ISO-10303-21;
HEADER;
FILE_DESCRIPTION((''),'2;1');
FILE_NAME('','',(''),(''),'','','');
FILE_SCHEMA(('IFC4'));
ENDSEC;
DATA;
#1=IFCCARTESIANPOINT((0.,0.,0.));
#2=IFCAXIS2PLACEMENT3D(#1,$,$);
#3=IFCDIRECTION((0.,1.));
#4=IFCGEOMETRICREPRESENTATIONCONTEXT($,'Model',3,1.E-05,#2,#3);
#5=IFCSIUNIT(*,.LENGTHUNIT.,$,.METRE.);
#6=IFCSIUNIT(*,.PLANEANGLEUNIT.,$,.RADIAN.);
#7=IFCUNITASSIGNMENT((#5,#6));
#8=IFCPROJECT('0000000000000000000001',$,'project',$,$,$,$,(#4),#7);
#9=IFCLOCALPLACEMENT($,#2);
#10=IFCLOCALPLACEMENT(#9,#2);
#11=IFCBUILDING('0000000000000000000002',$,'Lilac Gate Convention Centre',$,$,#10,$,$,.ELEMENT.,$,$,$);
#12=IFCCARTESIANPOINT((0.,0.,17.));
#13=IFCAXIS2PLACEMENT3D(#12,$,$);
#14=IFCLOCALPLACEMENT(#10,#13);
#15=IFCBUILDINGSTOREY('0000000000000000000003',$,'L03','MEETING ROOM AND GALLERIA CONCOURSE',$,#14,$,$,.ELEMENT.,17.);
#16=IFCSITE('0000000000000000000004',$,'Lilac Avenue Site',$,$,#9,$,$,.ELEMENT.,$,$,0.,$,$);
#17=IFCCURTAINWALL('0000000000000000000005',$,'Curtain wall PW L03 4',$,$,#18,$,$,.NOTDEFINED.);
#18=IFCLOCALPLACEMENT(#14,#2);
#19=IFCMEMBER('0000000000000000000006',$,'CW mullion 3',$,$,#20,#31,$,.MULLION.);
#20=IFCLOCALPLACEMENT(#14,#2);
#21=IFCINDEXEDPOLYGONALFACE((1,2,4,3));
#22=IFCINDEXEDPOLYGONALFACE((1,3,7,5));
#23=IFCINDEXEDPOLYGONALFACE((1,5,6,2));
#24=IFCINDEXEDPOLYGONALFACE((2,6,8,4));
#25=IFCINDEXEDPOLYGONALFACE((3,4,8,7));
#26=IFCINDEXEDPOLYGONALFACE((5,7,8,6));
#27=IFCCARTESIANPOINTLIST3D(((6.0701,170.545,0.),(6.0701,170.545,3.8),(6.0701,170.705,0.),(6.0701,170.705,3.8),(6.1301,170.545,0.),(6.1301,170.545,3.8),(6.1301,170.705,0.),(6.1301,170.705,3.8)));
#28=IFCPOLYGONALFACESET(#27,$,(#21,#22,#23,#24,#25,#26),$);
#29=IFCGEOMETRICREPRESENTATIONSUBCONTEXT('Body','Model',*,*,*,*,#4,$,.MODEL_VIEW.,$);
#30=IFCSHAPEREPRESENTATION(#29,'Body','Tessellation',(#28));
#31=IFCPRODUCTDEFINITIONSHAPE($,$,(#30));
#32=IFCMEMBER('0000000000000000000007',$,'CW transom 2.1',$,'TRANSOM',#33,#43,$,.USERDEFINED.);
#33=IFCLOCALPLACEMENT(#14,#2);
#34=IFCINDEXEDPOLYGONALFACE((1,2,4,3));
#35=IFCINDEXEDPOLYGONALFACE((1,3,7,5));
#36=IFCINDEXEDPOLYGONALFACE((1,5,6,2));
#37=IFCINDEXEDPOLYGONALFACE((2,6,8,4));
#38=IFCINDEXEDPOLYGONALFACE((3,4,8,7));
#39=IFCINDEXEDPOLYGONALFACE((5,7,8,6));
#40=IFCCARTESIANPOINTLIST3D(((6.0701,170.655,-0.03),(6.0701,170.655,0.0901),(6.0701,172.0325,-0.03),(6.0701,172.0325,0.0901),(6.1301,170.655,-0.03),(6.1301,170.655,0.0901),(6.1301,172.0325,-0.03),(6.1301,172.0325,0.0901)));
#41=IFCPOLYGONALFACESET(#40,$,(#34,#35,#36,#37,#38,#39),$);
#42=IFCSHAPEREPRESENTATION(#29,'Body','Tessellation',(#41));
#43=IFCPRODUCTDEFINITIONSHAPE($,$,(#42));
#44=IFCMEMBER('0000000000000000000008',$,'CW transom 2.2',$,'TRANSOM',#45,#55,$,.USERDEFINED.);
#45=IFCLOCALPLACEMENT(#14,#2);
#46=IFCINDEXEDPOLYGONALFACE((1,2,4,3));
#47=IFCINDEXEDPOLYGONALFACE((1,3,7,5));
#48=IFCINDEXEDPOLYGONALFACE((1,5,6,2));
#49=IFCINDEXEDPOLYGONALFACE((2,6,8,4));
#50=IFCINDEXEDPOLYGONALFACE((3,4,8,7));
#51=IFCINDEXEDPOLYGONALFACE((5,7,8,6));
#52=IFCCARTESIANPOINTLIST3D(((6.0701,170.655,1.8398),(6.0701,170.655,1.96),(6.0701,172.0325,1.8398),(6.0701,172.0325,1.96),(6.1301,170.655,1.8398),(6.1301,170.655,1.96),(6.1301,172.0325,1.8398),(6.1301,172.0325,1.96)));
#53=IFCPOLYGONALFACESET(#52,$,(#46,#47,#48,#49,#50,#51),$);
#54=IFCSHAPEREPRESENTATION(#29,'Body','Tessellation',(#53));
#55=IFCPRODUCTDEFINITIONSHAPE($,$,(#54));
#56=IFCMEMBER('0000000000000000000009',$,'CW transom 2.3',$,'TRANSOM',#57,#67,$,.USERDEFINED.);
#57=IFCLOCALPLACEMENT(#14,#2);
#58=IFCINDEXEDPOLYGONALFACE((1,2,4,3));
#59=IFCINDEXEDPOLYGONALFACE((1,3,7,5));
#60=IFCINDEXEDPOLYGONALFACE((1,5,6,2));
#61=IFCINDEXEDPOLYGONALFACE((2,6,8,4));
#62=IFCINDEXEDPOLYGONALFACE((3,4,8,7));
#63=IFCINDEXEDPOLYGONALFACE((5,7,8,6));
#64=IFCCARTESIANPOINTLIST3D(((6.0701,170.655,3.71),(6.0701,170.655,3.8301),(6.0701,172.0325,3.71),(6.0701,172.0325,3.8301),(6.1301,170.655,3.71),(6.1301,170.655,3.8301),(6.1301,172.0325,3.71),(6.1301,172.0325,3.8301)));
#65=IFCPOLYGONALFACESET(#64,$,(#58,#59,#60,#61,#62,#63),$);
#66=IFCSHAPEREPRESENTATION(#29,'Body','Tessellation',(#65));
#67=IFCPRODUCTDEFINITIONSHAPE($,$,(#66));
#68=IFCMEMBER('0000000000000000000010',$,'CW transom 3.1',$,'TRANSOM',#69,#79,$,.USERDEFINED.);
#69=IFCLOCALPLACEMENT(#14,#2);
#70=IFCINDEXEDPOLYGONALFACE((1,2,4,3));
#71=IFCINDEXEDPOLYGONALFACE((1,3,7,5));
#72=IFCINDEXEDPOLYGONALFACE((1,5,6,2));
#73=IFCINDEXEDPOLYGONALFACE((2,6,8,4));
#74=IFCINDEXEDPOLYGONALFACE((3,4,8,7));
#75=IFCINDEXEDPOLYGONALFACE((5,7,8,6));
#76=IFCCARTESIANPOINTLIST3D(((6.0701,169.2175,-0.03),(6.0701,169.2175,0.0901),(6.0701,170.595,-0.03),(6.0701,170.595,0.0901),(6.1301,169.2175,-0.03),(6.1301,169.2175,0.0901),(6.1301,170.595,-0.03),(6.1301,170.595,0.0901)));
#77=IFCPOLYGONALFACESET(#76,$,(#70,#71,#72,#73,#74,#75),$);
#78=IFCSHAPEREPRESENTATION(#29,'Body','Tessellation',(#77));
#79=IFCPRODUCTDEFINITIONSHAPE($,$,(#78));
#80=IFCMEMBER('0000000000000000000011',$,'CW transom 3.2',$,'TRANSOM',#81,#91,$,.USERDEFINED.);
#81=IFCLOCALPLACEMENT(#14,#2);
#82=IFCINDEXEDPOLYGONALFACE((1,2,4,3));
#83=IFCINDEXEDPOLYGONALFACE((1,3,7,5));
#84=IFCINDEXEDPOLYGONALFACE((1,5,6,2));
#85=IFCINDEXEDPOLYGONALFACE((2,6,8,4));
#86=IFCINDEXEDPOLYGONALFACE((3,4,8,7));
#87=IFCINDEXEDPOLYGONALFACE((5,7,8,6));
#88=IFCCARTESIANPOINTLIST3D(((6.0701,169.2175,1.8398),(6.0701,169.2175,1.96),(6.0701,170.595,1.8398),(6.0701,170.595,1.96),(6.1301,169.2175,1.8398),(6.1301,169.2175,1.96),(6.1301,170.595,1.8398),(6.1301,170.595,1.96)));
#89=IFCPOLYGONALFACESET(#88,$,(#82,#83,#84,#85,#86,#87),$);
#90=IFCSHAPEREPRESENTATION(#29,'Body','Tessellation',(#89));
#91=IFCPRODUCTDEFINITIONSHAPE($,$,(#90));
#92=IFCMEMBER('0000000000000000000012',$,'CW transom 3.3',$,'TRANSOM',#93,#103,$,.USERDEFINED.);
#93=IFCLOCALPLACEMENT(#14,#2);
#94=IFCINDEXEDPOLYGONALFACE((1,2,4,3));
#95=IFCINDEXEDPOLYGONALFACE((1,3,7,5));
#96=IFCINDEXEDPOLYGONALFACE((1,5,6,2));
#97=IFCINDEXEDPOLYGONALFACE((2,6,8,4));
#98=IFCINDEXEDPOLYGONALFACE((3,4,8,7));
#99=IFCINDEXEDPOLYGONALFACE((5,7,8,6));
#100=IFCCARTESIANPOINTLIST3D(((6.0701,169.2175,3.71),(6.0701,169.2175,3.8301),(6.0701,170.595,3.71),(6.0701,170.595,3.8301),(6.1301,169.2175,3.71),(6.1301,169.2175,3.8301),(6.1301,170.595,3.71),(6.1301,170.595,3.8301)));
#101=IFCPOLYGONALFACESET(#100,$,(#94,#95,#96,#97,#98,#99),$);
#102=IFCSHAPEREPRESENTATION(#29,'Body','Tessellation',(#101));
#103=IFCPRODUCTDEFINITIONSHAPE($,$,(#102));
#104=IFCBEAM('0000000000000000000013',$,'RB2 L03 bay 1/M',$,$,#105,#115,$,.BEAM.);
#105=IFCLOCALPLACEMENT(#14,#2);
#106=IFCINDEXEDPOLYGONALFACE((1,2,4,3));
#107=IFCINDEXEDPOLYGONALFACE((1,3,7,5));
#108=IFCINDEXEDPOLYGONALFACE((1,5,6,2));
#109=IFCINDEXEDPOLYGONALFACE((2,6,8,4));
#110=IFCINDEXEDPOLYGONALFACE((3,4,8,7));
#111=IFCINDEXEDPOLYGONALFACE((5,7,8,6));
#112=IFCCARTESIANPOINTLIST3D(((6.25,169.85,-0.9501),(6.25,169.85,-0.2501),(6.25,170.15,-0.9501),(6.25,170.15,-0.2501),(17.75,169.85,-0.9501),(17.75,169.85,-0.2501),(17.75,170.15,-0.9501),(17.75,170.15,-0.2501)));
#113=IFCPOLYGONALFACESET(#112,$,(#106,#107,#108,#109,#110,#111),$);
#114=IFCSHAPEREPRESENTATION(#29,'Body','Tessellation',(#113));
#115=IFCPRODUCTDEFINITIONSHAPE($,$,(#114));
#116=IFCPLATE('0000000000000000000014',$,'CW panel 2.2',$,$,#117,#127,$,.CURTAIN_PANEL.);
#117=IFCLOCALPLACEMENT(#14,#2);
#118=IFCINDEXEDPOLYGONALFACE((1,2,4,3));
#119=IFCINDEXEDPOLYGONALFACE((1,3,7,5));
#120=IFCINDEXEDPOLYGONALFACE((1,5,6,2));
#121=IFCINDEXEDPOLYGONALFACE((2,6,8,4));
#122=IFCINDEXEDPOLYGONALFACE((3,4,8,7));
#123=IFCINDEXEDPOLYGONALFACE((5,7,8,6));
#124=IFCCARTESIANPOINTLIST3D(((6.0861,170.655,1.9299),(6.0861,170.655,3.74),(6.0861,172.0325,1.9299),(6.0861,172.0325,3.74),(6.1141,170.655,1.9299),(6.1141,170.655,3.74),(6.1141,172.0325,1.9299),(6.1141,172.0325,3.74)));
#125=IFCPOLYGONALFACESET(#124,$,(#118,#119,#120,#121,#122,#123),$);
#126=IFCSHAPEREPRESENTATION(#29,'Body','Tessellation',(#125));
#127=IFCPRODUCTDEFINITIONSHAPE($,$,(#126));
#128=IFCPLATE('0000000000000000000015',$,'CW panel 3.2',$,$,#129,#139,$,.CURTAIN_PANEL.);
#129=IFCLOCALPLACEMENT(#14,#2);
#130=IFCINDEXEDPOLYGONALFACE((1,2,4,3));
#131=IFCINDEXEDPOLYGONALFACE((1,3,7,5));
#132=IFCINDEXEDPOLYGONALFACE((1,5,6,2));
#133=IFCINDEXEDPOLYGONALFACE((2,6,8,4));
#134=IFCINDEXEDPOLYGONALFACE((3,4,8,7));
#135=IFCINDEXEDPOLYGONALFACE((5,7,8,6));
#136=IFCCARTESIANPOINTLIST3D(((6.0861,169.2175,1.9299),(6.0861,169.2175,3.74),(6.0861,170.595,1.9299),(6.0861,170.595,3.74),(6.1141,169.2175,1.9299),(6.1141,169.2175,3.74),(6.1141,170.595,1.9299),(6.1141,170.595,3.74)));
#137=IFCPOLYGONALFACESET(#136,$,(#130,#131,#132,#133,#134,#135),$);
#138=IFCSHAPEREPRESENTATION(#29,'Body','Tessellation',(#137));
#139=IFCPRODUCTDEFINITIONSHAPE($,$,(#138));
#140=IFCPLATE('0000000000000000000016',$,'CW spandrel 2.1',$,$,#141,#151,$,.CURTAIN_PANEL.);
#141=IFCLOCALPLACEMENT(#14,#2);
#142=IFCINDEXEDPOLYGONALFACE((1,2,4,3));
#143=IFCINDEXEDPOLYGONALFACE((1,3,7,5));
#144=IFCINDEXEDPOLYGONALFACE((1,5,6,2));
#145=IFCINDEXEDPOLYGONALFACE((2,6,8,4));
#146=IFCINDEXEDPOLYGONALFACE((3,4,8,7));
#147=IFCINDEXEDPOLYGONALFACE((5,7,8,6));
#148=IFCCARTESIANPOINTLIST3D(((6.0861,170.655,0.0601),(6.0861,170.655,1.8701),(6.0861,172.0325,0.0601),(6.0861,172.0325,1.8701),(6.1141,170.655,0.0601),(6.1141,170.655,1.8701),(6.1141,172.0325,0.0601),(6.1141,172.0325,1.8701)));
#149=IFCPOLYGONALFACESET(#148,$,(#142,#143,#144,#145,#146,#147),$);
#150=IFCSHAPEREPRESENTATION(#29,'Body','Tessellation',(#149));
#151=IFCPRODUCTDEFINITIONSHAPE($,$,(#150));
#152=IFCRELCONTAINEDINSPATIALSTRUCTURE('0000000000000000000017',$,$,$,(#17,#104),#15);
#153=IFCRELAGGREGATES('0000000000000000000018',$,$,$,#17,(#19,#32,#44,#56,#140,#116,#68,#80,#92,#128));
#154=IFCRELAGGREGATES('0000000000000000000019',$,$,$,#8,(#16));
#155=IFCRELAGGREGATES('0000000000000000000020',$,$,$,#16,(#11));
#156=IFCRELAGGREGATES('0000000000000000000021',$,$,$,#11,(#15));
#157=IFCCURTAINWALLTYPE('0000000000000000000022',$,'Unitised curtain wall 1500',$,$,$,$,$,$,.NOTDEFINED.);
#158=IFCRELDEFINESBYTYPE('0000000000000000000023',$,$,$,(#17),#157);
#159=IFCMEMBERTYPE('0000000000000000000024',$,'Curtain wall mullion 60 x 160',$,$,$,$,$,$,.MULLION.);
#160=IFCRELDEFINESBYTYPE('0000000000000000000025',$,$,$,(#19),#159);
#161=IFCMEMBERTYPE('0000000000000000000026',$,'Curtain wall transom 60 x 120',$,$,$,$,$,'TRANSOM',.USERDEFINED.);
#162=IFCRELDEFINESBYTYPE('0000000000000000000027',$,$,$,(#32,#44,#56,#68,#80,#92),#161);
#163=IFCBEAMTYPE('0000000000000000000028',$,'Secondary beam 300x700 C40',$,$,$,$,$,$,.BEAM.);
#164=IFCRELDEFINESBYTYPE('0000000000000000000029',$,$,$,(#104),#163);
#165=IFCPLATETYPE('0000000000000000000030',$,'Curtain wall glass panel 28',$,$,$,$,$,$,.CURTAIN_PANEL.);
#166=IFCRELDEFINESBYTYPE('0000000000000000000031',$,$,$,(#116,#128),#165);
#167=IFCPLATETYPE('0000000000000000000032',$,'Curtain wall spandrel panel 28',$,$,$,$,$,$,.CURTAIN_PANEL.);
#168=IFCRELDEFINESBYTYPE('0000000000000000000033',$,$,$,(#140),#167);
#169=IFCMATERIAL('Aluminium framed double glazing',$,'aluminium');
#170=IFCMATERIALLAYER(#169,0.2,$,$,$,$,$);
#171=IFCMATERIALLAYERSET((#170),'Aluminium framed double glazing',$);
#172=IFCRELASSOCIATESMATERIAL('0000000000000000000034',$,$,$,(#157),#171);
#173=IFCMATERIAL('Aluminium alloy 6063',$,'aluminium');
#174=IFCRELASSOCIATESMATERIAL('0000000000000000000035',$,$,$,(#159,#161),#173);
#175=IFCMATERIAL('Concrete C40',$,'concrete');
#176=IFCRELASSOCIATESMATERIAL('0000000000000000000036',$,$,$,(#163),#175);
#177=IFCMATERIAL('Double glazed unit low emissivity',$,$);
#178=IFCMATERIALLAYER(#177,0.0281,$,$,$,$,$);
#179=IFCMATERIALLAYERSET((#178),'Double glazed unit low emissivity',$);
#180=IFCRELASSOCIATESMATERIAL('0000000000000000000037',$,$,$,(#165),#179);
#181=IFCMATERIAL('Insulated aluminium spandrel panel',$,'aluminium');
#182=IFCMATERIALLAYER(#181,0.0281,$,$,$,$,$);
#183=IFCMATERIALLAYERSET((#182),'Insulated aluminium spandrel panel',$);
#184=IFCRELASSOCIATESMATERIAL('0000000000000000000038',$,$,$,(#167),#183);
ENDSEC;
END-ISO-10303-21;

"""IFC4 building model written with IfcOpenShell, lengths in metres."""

from ifc_helpers import new_model, si_unit, direction, frame, origin, origin_2d, place, context, subcontext, project, spatial, rectangle, extrude, material, layer, layer_set, material_profile, profile_set, type_object, element, aggregate, save


model = new_model("IFC4")

# Units and contexts
model_context = context("Model", 3, precision=1e-05, world=origin(), true_north=direction((0.0, 1.0)))
body_context = subcontext(model_context, "Body", "Model", "MODEL_VIEW")
ifc_project = project(units=[si_unit("LENGTHUNIT", "METRE"), si_unit("PLANEANGLEUNIT", "RADIAN")], contexts=[model_context])

# Site, building, storey
site_placement = place(None, origin())
site = spatial("IfcSite", under=ifc_project, at=site_placement, Name="Lilac Avenue Site", CompositionType="ELEMENT", RefElevation=0.0)
building_placement = place(site_placement, origin())
building = spatial("IfcBuilding", under=site, at=building_placement, Name="Lilac Gate Convention Centre", CompositionType="ELEMENT")
storey_placement = place(building_placement, frame((0.0, 0.0, 17.0)))
storey = spatial("IfcBuildingStorey", under=building, at=storey_placement, Name="L03", Description="MEETING ROOM AND GALLERIA CONCOURSE", CompositionType="ELEMENT", Elevation=17.0)

# Curtain wall, members
ifc_material_1 = material(Name="Aluminium framed double glazing", Category="aluminium")
ifc_layer_1 = layer(ifc_material_1, 0.2)
ifc_layer_set_1 = layer_set([ifc_layer_1], Name="Aluminium framed double glazing")
curtain_wall_type = type_object("IfcCurtainWallType", Name="Unitised curtain wall 1500", PredefinedType="NOTDEFINED", material=ifc_layer_set_1)
curtain_wall_placement = place(storey_placement, origin())
curtain_wall = element("IfcCurtainWall", 1, at=curtain_wall_placement, inside=storey, type_object=curtain_wall_type, Name="Curtain wall PW L03 4", PredefinedType="NOTDEFINED")
ifc_material_2 = material(Name="Aluminium alloy 6063", Category="aluminium")
ifc_material_profile_1 = material_profile(ifc_material_2, rectangle(XDim=0.0601, YDim=0.1599, at=origin_2d()), Name="Curtain wall mullion 60 x 160")
ifc_profile_set_1 = profile_set([ifc_material_profile_1], Name="Aluminium alloy 6063")
member_type_1 = type_object("IfcMemberType", Name="Curtain wall mullion 60 x 160", PredefinedType="MULLION", material=ifc_profile_set_1)
member_1_placement = place(storey_placement, frame((6.1001, 170.625, 0.0), z_axis=(0.0, 0.0, 1.0), x_axis=(1.0, 0.0, 0.0)))
member_1 = element("IfcMember", 2, at=member_1_placement, type_object=member_type_1, Name="CW mullion 3", PredefinedType="MULLION", context=body_context, shape_type="SweptSolid", body=[
    extrude(rectangle(XDim=0.0601, YDim=0.1599, at=origin_2d()), origin(), (0.0, 0.0, 1.0), 3.8),
])
ifc_material_profile_2 = material_profile(ifc_material_2, rectangle(XDim=0.0601, YDim=0.1201, at=origin_2d()), Name="Curtain wall transom 60 x 120")
ifc_profile_set_2 = profile_set([ifc_material_profile_2], Name="Aluminium alloy 6063")
member_type_2 = type_object("IfcMemberType", Name="Curtain wall transom 60 x 120", ElementType="TRANSOM", PredefinedType="USERDEFINED", material=ifc_profile_set_2)
member_2_placement = place(storey_placement, frame((6.1001, 172.0325, 0.03), z_axis=(0.0, -1.0, 0.0), x_axis=(1.0, 0.0, 0.0)))
member_2 = element("IfcMember", 3, at=member_2_placement, type_object=member_type_2, Name="CW transom 2.1", ObjectType="TRANSOM", PredefinedType="USERDEFINED", context=body_context, shape_type="SweptSolid", body=[
    extrude(rectangle(XDim=0.0601, YDim=0.1201, at=origin_2d()), origin(), (0.0, 0.0, 1.0), 1.3774),
])
member_3_placement = place(storey_placement, frame((6.1001, 172.0325, 1.8999), z_axis=(0.0, -1.0, 0.0), x_axis=(1.0, 0.0, 0.0)))
member_3 = element("IfcMember", 4, at=member_3_placement, type_object=member_type_2, Name="CW transom 2.2", ObjectType="TRANSOM", PredefinedType="USERDEFINED", context=body_context, shape_type="SweptSolid", body=[
    extrude(rectangle(XDim=0.0601, YDim=0.1201, at=origin_2d()), origin(), (0.0, 0.0, 1.0), 1.3774),
])
member_4_placement = place(storey_placement, frame((6.1001, 172.0325, 3.77), z_axis=(0.0, -1.0, 0.0), x_axis=(1.0, 0.0, 0.0)))
member_4 = element("IfcMember", 5, at=member_4_placement, type_object=member_type_2, Name="CW transom 2.3", ObjectType="TRANSOM", PredefinedType="USERDEFINED", context=body_context, shape_type="SweptSolid", body=[
    extrude(rectangle(XDim=0.0601, YDim=0.1201, at=origin_2d()), origin(), (0.0, 0.0, 1.0), 1.3774),
])
member_5_placement = place(storey_placement, frame((6.1001, 170.595, 0.03), z_axis=(0.0, -1.0, 0.0), x_axis=(1.0, 0.0, 0.0)))
member_5 = element("IfcMember", 6, at=member_5_placement, type_object=member_type_2, Name="CW transom 3.1", ObjectType="TRANSOM", PredefinedType="USERDEFINED", context=body_context, shape_type="SweptSolid", body=[
    extrude(rectangle(XDim=0.0601, YDim=0.1201, at=origin_2d()), origin(), (0.0, 0.0, 1.0), 1.3774),
])
member_6_placement = place(storey_placement, frame((6.1001, 170.595, 1.8999), z_axis=(0.0, -1.0, 0.0), x_axis=(1.0, 0.0, 0.0)))
member_6 = element("IfcMember", 7, at=member_6_placement, type_object=member_type_2, Name="CW transom 3.2", ObjectType="TRANSOM", PredefinedType="USERDEFINED", context=body_context, shape_type="SweptSolid", body=[
    extrude(rectangle(XDim=0.0601, YDim=0.1201, at=origin_2d()), origin(), (0.0, 0.0, 1.0), 1.3774),
])
member_7_placement = place(storey_placement, frame((6.1001, 170.595, 3.77), z_axis=(0.0, -1.0, 0.0), x_axis=(1.0, 0.0, 0.0)))
member_7 = element("IfcMember", 8, at=member_7_placement, type_object=member_type_2, Name="CW transom 3.3", ObjectType="TRANSOM", PredefinedType="USERDEFINED", context=body_context, shape_type="SweptSolid", body=[
    extrude(rectangle(XDim=0.0601, YDim=0.1201, at=origin_2d()), origin(), (0.0, 0.0, 1.0), 1.3774),
])

# Beam
ifc_material_3 = material(Name="Concrete C40", Category="concrete")
ifc_material_profile_3 = material_profile(ifc_material_3, rectangle(XDim=0.3, YDim=0.7, at=origin_2d()), Name="RC 300x700")
ifc_profile_set_3 = profile_set([ifc_material_profile_3], Name="Concrete C40")
beam_type = type_object("IfcBeamType", Name="Secondary beam 300x700 C40", PredefinedType="BEAM", material=ifc_profile_set_3)
beam_placement = place(storey_placement, frame((6.25, 170.0, -0.6001), z_axis=(1.0, 0.0, 0.0), x_axis=(0.0, 1.0, 0.0)))
element("IfcBeam", 9, at=beam_placement, inside=storey, type_object=beam_type, Name="RB2 L03 bay 1/M", PredefinedType="BEAM", context=body_context, shape_type="SweptSolid", body=[
    extrude(rectangle(XDim=0.3, YDim=0.7, at=origin_2d()), origin(), (0.0, 0.0, 1.0), 11.5),
])

# Plates
ifc_material_4 = material(Name="Double glazed unit low emissivity")
ifc_layer_2 = layer(ifc_material_4, 0.0281)
ifc_layer_set_2 = layer_set([ifc_layer_2], Name="Double glazed unit low emissivity")
plate_type_1 = type_object("IfcPlateType", Name="Curtain wall glass panel 28", PredefinedType="CURTAIN_PANEL", material=ifc_layer_set_2)
plate_1_placement = place(storey_placement, frame((6.1001, 171.3438, 1.9299), z_axis=(0.0, 0.0, 1.0), x_axis=(0.0, -1.0, 0.0)))
plate_1 = element("IfcPlate", 10, at=plate_1_placement, type_object=plate_type_1, Name="CW panel 2.2", PredefinedType="CURTAIN_PANEL", context=body_context, shape_type="SweptSolid", body=[
    extrude(rectangle(XDim=1.3774, YDim=0.0281, at=origin_2d()), origin(), (0.0, 0.0, 1.0), 1.8101),
])
plate_2_placement = place(storey_placement, frame((6.1001, 169.9062, 1.9299), z_axis=(0.0, 0.0, 1.0), x_axis=(0.0, -1.0, 0.0)))
plate_2 = element("IfcPlate", 11, at=plate_2_placement, type_object=plate_type_1, Name="CW panel 3.2", PredefinedType="CURTAIN_PANEL", context=body_context, shape_type="SweptSolid", body=[
    extrude(rectangle(XDim=1.3774, YDim=0.0281, at=origin_2d()), origin(), (0.0, 0.0, 1.0), 1.8101),
])
ifc_material_5 = material(Name="Insulated aluminium spandrel panel", Category="aluminium")
ifc_layer_3 = layer(ifc_material_5, 0.0281)
ifc_layer_set_3 = layer_set([ifc_layer_3], Name="Insulated aluminium spandrel panel")
plate_type_2 = type_object("IfcPlateType", Name="Curtain wall spandrel panel 28", PredefinedType="CURTAIN_PANEL", material=ifc_layer_set_3)
plate_3_placement = place(storey_placement, frame((6.1001, 171.3438, 0.0601), z_axis=(0.0, 0.0, 1.0), x_axis=(0.0, -1.0, 0.0)))
plate_3 = element("IfcPlate", 12, at=plate_3_placement, type_object=plate_type_2, Name="CW spandrel 2.1", PredefinedType="CURTAIN_PANEL", context=body_context, shape_type="SweptSolid", body=[
    extrude(rectangle(XDim=1.3774, YDim=0.0281, at=origin_2d()), origin(), (0.0, 0.0, 1.0), 1.8101),
])
aggregate(curtain_wall, [member_1, member_2, member_3, member_4, plate_3, plate_1, member_5, member_6, member_7, plate_2])

save(model, "model.ifc")
